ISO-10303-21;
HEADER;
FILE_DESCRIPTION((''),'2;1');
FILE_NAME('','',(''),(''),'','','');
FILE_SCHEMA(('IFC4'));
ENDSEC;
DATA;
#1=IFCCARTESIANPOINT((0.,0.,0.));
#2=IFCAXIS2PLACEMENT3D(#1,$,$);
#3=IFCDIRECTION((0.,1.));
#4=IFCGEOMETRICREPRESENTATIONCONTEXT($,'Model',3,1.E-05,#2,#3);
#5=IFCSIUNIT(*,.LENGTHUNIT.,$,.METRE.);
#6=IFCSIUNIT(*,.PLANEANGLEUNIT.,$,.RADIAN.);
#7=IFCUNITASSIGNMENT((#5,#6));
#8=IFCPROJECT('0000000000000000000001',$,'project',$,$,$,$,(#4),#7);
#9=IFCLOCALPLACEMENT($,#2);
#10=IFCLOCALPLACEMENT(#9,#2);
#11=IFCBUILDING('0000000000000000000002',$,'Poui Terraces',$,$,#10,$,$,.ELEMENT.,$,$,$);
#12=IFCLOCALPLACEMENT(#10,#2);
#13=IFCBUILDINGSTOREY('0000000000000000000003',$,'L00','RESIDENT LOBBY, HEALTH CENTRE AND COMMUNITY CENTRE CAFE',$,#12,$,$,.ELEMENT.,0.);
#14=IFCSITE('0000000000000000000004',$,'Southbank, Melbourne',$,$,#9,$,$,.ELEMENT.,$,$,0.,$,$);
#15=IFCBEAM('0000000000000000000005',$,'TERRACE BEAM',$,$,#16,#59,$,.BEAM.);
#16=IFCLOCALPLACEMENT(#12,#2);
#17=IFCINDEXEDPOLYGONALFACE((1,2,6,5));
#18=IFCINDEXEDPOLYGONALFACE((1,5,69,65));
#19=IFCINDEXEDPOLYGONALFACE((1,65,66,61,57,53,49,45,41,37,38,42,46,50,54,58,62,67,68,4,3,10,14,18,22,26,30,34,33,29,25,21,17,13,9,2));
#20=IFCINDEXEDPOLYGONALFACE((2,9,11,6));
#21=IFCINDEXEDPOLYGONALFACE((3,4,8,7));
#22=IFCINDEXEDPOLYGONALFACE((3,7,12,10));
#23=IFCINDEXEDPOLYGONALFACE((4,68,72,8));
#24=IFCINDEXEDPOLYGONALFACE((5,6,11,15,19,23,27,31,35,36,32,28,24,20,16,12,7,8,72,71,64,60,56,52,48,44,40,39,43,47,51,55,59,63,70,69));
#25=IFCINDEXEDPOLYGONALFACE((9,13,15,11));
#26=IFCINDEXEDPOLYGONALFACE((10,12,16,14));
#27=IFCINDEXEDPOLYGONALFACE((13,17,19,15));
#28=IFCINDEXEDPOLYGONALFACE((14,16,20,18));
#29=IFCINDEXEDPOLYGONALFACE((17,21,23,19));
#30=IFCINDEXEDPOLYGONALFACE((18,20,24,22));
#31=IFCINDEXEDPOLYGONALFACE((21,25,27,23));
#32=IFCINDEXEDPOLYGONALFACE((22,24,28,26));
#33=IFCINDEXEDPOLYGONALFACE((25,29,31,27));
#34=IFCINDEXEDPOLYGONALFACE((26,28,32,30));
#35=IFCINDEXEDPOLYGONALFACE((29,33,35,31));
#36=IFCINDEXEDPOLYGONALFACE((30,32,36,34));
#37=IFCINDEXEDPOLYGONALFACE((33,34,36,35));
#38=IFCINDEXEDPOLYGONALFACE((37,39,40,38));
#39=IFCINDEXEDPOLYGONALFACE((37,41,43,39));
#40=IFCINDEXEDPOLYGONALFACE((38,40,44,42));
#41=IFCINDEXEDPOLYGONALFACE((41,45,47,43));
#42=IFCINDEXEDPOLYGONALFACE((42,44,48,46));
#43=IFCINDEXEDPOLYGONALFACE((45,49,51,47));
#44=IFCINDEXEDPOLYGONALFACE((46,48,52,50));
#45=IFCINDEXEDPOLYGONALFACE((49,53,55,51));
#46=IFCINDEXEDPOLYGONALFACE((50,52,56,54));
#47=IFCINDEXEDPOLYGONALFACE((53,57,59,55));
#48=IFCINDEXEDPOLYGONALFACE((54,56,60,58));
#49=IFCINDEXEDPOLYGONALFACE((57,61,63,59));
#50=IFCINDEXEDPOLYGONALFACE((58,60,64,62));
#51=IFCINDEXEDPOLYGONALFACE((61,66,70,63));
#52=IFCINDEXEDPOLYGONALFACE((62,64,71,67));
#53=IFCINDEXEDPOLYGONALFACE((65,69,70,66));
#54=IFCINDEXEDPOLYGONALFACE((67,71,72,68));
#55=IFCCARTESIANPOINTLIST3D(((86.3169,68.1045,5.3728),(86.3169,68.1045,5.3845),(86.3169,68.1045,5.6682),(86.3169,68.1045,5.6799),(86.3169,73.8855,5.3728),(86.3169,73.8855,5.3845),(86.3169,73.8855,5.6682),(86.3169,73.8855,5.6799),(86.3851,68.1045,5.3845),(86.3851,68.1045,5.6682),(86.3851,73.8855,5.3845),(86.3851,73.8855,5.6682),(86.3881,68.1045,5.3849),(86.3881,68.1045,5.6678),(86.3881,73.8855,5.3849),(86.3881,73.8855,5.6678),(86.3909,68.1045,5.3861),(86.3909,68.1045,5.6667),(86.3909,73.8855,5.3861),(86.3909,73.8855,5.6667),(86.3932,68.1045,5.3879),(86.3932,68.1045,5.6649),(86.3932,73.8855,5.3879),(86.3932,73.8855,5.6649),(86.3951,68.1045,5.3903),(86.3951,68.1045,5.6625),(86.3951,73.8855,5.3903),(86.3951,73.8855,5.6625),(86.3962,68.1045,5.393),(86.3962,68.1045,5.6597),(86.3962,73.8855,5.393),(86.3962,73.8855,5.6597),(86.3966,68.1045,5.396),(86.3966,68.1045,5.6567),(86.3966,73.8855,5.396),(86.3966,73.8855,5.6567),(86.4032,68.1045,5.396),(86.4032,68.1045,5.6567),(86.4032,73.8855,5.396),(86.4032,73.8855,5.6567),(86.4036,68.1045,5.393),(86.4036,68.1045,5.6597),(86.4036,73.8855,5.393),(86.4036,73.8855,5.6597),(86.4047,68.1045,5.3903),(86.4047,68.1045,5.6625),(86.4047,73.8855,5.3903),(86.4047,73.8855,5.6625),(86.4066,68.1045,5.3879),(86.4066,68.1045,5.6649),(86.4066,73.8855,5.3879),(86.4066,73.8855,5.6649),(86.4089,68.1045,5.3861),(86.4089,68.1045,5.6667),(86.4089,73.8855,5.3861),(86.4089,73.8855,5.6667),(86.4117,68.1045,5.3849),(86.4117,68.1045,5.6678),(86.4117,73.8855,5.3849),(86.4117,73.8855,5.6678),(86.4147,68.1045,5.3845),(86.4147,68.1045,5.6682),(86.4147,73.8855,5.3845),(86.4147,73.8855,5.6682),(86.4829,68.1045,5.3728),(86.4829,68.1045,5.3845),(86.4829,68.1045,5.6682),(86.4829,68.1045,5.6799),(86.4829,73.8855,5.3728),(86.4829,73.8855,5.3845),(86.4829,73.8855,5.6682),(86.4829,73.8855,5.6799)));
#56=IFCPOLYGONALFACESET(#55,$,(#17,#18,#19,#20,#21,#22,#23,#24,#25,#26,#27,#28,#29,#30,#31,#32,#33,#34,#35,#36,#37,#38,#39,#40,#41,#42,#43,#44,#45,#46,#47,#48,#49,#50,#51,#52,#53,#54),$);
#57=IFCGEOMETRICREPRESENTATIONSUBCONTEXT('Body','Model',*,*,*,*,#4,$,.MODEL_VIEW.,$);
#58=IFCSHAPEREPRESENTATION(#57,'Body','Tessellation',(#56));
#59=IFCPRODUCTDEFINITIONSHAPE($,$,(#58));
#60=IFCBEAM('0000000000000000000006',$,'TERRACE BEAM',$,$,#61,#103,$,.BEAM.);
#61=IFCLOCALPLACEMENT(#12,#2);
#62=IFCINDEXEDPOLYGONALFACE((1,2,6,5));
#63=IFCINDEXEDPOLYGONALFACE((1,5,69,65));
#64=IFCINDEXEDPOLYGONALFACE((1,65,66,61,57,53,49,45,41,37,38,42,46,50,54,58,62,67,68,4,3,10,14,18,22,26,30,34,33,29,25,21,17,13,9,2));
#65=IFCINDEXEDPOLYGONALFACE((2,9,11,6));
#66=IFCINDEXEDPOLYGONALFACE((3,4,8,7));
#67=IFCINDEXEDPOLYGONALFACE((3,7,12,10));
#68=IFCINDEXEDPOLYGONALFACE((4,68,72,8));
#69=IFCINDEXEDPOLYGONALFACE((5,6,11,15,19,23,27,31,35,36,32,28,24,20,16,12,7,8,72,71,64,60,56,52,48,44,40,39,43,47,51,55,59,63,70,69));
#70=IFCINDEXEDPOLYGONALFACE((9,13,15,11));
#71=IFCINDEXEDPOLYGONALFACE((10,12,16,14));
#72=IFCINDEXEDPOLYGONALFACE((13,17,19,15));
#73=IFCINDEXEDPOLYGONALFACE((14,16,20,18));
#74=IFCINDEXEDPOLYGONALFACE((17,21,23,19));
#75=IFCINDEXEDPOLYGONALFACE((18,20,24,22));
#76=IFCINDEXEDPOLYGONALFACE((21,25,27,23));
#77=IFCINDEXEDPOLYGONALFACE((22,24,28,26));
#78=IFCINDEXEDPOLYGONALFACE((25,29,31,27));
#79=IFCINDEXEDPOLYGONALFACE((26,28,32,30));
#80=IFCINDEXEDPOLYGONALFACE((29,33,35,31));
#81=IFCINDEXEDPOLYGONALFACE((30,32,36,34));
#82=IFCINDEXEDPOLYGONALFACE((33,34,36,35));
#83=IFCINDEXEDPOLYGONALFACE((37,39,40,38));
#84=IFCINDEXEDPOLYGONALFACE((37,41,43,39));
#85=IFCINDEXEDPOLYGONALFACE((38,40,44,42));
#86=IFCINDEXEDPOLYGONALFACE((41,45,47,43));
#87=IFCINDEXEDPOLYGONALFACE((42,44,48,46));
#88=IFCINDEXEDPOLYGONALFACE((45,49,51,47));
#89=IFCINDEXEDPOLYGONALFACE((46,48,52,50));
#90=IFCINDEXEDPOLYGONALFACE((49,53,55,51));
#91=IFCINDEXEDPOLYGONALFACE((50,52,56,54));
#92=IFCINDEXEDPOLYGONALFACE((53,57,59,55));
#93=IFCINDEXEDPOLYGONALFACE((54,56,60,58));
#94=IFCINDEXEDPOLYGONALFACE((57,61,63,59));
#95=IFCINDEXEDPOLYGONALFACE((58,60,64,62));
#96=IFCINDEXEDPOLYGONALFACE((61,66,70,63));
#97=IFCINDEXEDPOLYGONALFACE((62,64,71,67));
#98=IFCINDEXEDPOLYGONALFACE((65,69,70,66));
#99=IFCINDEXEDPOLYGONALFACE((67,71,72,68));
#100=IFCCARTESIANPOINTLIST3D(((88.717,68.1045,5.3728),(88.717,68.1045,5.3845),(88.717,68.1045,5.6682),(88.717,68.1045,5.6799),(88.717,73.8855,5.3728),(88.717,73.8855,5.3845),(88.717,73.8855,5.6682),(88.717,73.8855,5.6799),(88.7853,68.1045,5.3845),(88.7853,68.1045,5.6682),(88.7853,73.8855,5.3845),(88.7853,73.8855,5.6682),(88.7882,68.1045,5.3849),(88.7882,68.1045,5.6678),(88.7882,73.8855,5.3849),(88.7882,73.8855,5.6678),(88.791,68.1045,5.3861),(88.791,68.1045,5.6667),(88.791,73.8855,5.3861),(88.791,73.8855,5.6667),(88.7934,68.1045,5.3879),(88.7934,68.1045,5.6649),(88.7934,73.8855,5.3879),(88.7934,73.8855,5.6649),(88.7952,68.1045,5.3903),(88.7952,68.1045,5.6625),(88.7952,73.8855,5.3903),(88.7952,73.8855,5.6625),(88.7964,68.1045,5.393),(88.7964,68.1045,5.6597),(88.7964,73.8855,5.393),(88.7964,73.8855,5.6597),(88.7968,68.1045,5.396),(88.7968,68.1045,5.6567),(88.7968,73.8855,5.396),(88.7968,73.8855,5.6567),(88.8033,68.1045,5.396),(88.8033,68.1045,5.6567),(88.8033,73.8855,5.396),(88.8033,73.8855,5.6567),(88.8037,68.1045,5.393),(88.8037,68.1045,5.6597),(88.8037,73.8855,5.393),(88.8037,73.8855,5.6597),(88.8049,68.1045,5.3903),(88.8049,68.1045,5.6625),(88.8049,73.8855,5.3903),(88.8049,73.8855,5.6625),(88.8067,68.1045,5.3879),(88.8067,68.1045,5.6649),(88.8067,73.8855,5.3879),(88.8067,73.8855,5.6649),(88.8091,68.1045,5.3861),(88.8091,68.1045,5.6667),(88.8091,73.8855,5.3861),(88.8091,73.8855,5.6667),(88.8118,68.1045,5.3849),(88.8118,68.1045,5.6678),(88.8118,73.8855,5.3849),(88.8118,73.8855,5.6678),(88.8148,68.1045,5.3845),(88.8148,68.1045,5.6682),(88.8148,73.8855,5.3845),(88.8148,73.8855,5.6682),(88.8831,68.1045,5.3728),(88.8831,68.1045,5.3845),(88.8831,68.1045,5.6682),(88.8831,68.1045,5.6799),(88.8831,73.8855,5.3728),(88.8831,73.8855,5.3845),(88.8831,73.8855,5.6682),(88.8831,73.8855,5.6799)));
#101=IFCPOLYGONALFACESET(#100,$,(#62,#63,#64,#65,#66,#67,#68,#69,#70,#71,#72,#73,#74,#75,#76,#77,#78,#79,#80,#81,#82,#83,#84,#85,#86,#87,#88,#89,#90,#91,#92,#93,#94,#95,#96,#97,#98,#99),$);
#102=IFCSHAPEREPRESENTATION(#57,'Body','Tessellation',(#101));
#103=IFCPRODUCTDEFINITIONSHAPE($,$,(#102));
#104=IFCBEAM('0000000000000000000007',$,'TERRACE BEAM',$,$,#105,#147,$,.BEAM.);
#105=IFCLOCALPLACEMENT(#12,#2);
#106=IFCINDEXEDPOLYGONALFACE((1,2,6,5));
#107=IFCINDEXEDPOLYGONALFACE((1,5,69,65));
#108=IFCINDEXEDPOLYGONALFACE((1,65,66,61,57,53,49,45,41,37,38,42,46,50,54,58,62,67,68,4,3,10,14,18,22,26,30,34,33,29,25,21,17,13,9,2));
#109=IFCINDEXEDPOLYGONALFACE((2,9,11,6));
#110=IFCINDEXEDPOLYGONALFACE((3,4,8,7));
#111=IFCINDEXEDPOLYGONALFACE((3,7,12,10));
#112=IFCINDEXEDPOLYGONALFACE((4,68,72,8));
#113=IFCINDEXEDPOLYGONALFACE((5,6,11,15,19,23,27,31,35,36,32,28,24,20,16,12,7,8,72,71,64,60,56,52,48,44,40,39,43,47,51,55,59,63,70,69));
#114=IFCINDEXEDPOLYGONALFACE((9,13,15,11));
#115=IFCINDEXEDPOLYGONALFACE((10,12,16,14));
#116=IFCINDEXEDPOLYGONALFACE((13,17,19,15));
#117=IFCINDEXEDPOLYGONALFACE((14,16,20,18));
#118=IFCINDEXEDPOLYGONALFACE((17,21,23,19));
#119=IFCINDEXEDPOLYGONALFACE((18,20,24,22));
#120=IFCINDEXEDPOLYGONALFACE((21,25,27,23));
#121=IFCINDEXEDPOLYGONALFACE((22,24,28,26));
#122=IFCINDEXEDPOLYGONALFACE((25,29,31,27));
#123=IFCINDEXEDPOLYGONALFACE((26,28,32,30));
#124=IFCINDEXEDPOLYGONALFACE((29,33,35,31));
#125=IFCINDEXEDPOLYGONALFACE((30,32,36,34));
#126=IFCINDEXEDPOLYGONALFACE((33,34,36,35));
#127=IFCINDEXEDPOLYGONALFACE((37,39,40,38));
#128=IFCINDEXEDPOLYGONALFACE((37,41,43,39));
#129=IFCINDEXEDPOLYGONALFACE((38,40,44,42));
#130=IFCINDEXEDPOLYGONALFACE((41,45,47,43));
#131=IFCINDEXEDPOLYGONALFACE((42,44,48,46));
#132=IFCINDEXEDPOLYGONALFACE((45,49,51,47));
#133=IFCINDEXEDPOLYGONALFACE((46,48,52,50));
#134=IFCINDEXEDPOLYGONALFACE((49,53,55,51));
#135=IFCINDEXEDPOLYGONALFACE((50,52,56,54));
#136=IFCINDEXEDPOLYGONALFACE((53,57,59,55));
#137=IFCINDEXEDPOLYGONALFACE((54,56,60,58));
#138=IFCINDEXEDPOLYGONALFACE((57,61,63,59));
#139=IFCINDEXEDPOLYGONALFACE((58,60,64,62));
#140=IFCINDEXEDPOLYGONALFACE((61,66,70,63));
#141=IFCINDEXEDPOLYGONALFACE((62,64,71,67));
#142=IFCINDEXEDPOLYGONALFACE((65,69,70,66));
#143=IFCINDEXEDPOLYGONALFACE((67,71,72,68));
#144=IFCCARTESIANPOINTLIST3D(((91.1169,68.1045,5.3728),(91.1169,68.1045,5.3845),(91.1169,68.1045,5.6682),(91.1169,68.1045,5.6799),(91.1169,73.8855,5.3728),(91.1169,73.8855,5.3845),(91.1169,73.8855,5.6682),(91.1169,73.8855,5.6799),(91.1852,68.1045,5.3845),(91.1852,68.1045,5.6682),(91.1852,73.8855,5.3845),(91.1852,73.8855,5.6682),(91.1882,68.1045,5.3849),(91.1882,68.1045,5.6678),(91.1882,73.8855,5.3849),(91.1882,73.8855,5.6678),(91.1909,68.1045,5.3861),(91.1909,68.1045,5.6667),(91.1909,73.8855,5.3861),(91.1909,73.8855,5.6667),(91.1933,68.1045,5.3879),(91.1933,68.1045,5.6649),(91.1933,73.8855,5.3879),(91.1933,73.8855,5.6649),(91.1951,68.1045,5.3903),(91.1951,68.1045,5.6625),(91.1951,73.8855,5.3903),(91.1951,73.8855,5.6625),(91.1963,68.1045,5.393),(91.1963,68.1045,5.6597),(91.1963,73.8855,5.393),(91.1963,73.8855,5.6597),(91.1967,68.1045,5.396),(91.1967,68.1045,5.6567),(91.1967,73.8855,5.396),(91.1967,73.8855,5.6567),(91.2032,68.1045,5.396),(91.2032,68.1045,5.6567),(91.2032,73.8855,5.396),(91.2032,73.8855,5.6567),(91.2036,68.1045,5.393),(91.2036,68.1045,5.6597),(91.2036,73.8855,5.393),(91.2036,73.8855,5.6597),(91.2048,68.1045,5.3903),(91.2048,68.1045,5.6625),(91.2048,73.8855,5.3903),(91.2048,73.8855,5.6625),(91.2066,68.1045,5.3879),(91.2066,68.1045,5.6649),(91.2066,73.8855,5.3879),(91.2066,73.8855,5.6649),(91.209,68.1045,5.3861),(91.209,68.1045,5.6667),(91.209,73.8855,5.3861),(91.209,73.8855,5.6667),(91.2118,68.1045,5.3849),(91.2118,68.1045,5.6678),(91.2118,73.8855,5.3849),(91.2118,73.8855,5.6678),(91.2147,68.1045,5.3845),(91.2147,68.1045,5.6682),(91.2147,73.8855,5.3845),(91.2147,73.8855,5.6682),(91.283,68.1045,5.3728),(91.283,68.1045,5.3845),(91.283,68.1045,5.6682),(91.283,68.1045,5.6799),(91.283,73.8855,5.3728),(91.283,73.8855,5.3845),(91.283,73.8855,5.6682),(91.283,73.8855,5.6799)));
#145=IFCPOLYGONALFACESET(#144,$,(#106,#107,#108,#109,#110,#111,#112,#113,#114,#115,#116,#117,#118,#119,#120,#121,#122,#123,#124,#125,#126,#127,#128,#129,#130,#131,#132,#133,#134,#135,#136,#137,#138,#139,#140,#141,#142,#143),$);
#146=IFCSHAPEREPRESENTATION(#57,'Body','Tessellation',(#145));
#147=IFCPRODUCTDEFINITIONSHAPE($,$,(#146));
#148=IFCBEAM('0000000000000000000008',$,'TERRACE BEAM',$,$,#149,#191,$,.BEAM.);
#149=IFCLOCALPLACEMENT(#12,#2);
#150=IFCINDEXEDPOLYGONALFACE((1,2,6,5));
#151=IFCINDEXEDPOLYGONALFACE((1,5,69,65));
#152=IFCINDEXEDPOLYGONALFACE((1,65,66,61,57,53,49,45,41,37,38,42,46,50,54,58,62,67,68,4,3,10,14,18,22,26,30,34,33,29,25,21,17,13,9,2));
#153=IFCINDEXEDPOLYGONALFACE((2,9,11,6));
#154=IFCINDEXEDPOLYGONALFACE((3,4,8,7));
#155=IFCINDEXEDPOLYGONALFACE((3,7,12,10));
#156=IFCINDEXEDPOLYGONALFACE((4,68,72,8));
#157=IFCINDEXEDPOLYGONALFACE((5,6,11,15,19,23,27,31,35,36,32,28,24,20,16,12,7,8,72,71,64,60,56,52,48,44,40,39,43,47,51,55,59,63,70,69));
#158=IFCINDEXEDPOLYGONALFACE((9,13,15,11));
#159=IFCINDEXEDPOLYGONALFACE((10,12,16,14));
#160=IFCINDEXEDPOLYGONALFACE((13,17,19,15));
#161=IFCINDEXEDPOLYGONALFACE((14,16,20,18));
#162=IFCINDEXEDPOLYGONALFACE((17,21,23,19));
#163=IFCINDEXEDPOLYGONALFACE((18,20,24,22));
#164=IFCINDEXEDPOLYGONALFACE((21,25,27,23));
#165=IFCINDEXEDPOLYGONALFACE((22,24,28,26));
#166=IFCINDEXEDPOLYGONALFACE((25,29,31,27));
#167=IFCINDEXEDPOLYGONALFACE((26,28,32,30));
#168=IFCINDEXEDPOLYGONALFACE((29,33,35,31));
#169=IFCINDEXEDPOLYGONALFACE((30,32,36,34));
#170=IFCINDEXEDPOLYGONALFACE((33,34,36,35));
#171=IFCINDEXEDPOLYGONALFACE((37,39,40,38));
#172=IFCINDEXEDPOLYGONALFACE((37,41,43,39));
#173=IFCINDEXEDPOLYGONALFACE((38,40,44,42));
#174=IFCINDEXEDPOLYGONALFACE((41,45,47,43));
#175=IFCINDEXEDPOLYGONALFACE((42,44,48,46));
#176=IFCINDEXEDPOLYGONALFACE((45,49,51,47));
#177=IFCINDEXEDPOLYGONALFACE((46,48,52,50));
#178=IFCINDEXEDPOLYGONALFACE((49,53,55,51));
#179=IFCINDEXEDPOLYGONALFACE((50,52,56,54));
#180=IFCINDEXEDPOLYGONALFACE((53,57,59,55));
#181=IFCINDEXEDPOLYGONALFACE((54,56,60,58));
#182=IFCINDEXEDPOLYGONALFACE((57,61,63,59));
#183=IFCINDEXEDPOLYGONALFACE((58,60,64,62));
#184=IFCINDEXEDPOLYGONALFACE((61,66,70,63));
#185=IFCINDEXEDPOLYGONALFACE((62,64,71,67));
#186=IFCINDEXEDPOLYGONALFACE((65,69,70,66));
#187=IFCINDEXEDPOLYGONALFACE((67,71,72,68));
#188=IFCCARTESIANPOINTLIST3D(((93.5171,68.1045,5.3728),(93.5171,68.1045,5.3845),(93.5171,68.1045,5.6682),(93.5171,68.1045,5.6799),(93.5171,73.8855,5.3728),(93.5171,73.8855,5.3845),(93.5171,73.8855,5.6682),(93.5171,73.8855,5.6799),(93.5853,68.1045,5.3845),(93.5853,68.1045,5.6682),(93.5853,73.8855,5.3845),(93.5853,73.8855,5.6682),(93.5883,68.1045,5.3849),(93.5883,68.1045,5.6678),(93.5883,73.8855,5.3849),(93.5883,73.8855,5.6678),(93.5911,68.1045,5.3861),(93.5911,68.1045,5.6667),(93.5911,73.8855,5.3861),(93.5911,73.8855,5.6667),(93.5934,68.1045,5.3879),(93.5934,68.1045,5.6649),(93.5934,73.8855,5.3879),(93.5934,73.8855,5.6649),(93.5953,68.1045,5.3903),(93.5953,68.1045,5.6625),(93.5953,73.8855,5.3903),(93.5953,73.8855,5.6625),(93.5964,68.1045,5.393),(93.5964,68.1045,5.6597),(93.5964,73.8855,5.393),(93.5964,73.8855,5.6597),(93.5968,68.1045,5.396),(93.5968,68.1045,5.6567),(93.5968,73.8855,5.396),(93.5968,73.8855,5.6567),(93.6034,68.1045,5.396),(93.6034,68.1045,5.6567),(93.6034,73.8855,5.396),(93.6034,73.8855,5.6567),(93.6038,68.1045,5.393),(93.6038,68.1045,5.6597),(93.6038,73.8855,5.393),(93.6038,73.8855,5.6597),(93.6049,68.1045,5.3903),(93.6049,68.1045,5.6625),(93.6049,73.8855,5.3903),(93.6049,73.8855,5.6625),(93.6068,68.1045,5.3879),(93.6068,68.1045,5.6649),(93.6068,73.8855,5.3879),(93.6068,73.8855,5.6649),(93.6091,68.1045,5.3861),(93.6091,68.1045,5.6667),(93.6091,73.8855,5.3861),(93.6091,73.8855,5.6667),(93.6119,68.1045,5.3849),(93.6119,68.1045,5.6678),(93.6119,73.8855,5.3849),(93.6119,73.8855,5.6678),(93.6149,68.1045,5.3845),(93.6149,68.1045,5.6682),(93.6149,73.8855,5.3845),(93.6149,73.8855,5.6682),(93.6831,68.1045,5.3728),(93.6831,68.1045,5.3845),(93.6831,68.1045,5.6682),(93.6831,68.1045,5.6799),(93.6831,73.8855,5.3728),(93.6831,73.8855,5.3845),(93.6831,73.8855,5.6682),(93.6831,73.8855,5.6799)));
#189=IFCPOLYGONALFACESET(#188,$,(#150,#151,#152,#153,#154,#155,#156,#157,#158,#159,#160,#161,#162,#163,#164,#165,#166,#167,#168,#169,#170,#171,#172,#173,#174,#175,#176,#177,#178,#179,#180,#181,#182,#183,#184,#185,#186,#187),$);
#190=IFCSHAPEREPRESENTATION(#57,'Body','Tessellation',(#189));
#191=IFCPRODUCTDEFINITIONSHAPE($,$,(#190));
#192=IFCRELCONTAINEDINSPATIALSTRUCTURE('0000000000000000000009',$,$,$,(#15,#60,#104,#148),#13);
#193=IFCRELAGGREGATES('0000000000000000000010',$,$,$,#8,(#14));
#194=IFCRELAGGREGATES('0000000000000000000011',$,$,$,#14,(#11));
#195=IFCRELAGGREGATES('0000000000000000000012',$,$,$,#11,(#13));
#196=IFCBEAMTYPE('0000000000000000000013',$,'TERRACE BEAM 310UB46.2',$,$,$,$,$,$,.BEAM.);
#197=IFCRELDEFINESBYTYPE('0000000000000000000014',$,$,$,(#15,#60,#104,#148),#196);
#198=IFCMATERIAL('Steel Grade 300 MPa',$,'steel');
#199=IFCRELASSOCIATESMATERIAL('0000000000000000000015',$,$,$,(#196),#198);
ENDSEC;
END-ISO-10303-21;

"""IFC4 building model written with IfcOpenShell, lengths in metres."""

from ifc_helpers import new_model, si_unit, direction, frame, origin, origin_2d, place, context, subcontext, project, spatial, i_section, extrude, source, transform, mapped, material, material_profile, profile_set, type_object, element, save


model = new_model("IFC4")

# Units and contexts
model_context = context("Model", 3, precision=1e-05, world=origin(), true_north=direction((0.0, 1.0)))
body_context = subcontext(model_context, "Body", "Model", "MODEL_VIEW")
ifc_project = project(units=[si_unit("LENGTHUNIT", "METRE"), si_unit("PLANEANGLEUNIT", "RADIAN")], contexts=[model_context])

# Site, building, storey
site_placement = place(None, origin())
site = spatial("IfcSite", under=ifc_project, at=site_placement, Name="Southbank, Melbourne", CompositionType="ELEMENT", RefElevation=0.0)
building_placement = place(site_placement, origin())
building = spatial("IfcBuilding", under=site, at=building_placement, Name="Poui Terraces", CompositionType="ELEMENT")
storey_placement = place(building_placement, origin())
storey = spatial("IfcBuildingStorey", under=building, at=storey_placement, Name="L00", Description="RESIDENT LOBBY, HEALTH CENTRE AND COMMUNITY CENTRE CAFE", CompositionType="ELEMENT", Elevation=0.0)

# Beams
ifc_material_1 = material(Name="Steel Grade 300 MPa", Category="steel")
ifc_material_profile_1 = material_profile(ifc_material_1, i_section(OverallWidth=0.166, OverallDepth=0.3071, WebThickness=0.0066, FlangeThickness=0.0117, FilletRadius=0.0115, at=origin_2d()), Name="310UB46.2")
ifc_profile_set_1 = profile_set([ifc_material_profile_1], Name="Steel Grade 300 MPa")
beam_type_1 = type_object("IfcBeamType", Name="TERRACE BEAM 310UB46.2", PredefinedType="BEAM", material=ifc_profile_set_1)
shared_shape_1 = source(origin(), body_context, "Body", "SweptSolid", [
    extrude(i_section(OverallWidth=0.166, OverallDepth=0.3071, WebThickness=0.0066, FlangeThickness=0.0117, FilletRadius=0.0115, at=origin_2d()), origin(), (0.0, 0.0, 1.0), 5.781),
])
for number, where, z_axis, x_axis, name in (
    (1, (86.3999, 68.1045, 5.5264), (0.0, 1.0, 0.0), (-1.0, 0.0, 0.0), "TERRACE BEAM"),
    (2, (88.8, 68.1045, 5.5264), (0.0, 1.0, 0.0), (-1.0, 0.0, 0.0), "TERRACE BEAM"),
    (3, (91.2, 68.1045, 5.5264), (0.0, 1.0, 0.0), (-1.0, 0.0, 0.0), "TERRACE BEAM"),
    (4, (93.6001, 68.1045, 5.5264), (0.0, 1.0, 0.0), (-1.0, 0.0, 0.0), "TERRACE BEAM"),
):
    element("IfcBeam", number, at=place(storey_placement, frame(where, z_axis=z_axis, x_axis=x_axis)), inside=storey, type_object=beam_type_1, Name=name, PredefinedType="BEAM", context=body_context, shape_type="MappedRepresentation", body=[
        mapped(shared_shape_1, transform((0.0, 0.0, 0.0))),
    ])

save(model, "model.ifc")
